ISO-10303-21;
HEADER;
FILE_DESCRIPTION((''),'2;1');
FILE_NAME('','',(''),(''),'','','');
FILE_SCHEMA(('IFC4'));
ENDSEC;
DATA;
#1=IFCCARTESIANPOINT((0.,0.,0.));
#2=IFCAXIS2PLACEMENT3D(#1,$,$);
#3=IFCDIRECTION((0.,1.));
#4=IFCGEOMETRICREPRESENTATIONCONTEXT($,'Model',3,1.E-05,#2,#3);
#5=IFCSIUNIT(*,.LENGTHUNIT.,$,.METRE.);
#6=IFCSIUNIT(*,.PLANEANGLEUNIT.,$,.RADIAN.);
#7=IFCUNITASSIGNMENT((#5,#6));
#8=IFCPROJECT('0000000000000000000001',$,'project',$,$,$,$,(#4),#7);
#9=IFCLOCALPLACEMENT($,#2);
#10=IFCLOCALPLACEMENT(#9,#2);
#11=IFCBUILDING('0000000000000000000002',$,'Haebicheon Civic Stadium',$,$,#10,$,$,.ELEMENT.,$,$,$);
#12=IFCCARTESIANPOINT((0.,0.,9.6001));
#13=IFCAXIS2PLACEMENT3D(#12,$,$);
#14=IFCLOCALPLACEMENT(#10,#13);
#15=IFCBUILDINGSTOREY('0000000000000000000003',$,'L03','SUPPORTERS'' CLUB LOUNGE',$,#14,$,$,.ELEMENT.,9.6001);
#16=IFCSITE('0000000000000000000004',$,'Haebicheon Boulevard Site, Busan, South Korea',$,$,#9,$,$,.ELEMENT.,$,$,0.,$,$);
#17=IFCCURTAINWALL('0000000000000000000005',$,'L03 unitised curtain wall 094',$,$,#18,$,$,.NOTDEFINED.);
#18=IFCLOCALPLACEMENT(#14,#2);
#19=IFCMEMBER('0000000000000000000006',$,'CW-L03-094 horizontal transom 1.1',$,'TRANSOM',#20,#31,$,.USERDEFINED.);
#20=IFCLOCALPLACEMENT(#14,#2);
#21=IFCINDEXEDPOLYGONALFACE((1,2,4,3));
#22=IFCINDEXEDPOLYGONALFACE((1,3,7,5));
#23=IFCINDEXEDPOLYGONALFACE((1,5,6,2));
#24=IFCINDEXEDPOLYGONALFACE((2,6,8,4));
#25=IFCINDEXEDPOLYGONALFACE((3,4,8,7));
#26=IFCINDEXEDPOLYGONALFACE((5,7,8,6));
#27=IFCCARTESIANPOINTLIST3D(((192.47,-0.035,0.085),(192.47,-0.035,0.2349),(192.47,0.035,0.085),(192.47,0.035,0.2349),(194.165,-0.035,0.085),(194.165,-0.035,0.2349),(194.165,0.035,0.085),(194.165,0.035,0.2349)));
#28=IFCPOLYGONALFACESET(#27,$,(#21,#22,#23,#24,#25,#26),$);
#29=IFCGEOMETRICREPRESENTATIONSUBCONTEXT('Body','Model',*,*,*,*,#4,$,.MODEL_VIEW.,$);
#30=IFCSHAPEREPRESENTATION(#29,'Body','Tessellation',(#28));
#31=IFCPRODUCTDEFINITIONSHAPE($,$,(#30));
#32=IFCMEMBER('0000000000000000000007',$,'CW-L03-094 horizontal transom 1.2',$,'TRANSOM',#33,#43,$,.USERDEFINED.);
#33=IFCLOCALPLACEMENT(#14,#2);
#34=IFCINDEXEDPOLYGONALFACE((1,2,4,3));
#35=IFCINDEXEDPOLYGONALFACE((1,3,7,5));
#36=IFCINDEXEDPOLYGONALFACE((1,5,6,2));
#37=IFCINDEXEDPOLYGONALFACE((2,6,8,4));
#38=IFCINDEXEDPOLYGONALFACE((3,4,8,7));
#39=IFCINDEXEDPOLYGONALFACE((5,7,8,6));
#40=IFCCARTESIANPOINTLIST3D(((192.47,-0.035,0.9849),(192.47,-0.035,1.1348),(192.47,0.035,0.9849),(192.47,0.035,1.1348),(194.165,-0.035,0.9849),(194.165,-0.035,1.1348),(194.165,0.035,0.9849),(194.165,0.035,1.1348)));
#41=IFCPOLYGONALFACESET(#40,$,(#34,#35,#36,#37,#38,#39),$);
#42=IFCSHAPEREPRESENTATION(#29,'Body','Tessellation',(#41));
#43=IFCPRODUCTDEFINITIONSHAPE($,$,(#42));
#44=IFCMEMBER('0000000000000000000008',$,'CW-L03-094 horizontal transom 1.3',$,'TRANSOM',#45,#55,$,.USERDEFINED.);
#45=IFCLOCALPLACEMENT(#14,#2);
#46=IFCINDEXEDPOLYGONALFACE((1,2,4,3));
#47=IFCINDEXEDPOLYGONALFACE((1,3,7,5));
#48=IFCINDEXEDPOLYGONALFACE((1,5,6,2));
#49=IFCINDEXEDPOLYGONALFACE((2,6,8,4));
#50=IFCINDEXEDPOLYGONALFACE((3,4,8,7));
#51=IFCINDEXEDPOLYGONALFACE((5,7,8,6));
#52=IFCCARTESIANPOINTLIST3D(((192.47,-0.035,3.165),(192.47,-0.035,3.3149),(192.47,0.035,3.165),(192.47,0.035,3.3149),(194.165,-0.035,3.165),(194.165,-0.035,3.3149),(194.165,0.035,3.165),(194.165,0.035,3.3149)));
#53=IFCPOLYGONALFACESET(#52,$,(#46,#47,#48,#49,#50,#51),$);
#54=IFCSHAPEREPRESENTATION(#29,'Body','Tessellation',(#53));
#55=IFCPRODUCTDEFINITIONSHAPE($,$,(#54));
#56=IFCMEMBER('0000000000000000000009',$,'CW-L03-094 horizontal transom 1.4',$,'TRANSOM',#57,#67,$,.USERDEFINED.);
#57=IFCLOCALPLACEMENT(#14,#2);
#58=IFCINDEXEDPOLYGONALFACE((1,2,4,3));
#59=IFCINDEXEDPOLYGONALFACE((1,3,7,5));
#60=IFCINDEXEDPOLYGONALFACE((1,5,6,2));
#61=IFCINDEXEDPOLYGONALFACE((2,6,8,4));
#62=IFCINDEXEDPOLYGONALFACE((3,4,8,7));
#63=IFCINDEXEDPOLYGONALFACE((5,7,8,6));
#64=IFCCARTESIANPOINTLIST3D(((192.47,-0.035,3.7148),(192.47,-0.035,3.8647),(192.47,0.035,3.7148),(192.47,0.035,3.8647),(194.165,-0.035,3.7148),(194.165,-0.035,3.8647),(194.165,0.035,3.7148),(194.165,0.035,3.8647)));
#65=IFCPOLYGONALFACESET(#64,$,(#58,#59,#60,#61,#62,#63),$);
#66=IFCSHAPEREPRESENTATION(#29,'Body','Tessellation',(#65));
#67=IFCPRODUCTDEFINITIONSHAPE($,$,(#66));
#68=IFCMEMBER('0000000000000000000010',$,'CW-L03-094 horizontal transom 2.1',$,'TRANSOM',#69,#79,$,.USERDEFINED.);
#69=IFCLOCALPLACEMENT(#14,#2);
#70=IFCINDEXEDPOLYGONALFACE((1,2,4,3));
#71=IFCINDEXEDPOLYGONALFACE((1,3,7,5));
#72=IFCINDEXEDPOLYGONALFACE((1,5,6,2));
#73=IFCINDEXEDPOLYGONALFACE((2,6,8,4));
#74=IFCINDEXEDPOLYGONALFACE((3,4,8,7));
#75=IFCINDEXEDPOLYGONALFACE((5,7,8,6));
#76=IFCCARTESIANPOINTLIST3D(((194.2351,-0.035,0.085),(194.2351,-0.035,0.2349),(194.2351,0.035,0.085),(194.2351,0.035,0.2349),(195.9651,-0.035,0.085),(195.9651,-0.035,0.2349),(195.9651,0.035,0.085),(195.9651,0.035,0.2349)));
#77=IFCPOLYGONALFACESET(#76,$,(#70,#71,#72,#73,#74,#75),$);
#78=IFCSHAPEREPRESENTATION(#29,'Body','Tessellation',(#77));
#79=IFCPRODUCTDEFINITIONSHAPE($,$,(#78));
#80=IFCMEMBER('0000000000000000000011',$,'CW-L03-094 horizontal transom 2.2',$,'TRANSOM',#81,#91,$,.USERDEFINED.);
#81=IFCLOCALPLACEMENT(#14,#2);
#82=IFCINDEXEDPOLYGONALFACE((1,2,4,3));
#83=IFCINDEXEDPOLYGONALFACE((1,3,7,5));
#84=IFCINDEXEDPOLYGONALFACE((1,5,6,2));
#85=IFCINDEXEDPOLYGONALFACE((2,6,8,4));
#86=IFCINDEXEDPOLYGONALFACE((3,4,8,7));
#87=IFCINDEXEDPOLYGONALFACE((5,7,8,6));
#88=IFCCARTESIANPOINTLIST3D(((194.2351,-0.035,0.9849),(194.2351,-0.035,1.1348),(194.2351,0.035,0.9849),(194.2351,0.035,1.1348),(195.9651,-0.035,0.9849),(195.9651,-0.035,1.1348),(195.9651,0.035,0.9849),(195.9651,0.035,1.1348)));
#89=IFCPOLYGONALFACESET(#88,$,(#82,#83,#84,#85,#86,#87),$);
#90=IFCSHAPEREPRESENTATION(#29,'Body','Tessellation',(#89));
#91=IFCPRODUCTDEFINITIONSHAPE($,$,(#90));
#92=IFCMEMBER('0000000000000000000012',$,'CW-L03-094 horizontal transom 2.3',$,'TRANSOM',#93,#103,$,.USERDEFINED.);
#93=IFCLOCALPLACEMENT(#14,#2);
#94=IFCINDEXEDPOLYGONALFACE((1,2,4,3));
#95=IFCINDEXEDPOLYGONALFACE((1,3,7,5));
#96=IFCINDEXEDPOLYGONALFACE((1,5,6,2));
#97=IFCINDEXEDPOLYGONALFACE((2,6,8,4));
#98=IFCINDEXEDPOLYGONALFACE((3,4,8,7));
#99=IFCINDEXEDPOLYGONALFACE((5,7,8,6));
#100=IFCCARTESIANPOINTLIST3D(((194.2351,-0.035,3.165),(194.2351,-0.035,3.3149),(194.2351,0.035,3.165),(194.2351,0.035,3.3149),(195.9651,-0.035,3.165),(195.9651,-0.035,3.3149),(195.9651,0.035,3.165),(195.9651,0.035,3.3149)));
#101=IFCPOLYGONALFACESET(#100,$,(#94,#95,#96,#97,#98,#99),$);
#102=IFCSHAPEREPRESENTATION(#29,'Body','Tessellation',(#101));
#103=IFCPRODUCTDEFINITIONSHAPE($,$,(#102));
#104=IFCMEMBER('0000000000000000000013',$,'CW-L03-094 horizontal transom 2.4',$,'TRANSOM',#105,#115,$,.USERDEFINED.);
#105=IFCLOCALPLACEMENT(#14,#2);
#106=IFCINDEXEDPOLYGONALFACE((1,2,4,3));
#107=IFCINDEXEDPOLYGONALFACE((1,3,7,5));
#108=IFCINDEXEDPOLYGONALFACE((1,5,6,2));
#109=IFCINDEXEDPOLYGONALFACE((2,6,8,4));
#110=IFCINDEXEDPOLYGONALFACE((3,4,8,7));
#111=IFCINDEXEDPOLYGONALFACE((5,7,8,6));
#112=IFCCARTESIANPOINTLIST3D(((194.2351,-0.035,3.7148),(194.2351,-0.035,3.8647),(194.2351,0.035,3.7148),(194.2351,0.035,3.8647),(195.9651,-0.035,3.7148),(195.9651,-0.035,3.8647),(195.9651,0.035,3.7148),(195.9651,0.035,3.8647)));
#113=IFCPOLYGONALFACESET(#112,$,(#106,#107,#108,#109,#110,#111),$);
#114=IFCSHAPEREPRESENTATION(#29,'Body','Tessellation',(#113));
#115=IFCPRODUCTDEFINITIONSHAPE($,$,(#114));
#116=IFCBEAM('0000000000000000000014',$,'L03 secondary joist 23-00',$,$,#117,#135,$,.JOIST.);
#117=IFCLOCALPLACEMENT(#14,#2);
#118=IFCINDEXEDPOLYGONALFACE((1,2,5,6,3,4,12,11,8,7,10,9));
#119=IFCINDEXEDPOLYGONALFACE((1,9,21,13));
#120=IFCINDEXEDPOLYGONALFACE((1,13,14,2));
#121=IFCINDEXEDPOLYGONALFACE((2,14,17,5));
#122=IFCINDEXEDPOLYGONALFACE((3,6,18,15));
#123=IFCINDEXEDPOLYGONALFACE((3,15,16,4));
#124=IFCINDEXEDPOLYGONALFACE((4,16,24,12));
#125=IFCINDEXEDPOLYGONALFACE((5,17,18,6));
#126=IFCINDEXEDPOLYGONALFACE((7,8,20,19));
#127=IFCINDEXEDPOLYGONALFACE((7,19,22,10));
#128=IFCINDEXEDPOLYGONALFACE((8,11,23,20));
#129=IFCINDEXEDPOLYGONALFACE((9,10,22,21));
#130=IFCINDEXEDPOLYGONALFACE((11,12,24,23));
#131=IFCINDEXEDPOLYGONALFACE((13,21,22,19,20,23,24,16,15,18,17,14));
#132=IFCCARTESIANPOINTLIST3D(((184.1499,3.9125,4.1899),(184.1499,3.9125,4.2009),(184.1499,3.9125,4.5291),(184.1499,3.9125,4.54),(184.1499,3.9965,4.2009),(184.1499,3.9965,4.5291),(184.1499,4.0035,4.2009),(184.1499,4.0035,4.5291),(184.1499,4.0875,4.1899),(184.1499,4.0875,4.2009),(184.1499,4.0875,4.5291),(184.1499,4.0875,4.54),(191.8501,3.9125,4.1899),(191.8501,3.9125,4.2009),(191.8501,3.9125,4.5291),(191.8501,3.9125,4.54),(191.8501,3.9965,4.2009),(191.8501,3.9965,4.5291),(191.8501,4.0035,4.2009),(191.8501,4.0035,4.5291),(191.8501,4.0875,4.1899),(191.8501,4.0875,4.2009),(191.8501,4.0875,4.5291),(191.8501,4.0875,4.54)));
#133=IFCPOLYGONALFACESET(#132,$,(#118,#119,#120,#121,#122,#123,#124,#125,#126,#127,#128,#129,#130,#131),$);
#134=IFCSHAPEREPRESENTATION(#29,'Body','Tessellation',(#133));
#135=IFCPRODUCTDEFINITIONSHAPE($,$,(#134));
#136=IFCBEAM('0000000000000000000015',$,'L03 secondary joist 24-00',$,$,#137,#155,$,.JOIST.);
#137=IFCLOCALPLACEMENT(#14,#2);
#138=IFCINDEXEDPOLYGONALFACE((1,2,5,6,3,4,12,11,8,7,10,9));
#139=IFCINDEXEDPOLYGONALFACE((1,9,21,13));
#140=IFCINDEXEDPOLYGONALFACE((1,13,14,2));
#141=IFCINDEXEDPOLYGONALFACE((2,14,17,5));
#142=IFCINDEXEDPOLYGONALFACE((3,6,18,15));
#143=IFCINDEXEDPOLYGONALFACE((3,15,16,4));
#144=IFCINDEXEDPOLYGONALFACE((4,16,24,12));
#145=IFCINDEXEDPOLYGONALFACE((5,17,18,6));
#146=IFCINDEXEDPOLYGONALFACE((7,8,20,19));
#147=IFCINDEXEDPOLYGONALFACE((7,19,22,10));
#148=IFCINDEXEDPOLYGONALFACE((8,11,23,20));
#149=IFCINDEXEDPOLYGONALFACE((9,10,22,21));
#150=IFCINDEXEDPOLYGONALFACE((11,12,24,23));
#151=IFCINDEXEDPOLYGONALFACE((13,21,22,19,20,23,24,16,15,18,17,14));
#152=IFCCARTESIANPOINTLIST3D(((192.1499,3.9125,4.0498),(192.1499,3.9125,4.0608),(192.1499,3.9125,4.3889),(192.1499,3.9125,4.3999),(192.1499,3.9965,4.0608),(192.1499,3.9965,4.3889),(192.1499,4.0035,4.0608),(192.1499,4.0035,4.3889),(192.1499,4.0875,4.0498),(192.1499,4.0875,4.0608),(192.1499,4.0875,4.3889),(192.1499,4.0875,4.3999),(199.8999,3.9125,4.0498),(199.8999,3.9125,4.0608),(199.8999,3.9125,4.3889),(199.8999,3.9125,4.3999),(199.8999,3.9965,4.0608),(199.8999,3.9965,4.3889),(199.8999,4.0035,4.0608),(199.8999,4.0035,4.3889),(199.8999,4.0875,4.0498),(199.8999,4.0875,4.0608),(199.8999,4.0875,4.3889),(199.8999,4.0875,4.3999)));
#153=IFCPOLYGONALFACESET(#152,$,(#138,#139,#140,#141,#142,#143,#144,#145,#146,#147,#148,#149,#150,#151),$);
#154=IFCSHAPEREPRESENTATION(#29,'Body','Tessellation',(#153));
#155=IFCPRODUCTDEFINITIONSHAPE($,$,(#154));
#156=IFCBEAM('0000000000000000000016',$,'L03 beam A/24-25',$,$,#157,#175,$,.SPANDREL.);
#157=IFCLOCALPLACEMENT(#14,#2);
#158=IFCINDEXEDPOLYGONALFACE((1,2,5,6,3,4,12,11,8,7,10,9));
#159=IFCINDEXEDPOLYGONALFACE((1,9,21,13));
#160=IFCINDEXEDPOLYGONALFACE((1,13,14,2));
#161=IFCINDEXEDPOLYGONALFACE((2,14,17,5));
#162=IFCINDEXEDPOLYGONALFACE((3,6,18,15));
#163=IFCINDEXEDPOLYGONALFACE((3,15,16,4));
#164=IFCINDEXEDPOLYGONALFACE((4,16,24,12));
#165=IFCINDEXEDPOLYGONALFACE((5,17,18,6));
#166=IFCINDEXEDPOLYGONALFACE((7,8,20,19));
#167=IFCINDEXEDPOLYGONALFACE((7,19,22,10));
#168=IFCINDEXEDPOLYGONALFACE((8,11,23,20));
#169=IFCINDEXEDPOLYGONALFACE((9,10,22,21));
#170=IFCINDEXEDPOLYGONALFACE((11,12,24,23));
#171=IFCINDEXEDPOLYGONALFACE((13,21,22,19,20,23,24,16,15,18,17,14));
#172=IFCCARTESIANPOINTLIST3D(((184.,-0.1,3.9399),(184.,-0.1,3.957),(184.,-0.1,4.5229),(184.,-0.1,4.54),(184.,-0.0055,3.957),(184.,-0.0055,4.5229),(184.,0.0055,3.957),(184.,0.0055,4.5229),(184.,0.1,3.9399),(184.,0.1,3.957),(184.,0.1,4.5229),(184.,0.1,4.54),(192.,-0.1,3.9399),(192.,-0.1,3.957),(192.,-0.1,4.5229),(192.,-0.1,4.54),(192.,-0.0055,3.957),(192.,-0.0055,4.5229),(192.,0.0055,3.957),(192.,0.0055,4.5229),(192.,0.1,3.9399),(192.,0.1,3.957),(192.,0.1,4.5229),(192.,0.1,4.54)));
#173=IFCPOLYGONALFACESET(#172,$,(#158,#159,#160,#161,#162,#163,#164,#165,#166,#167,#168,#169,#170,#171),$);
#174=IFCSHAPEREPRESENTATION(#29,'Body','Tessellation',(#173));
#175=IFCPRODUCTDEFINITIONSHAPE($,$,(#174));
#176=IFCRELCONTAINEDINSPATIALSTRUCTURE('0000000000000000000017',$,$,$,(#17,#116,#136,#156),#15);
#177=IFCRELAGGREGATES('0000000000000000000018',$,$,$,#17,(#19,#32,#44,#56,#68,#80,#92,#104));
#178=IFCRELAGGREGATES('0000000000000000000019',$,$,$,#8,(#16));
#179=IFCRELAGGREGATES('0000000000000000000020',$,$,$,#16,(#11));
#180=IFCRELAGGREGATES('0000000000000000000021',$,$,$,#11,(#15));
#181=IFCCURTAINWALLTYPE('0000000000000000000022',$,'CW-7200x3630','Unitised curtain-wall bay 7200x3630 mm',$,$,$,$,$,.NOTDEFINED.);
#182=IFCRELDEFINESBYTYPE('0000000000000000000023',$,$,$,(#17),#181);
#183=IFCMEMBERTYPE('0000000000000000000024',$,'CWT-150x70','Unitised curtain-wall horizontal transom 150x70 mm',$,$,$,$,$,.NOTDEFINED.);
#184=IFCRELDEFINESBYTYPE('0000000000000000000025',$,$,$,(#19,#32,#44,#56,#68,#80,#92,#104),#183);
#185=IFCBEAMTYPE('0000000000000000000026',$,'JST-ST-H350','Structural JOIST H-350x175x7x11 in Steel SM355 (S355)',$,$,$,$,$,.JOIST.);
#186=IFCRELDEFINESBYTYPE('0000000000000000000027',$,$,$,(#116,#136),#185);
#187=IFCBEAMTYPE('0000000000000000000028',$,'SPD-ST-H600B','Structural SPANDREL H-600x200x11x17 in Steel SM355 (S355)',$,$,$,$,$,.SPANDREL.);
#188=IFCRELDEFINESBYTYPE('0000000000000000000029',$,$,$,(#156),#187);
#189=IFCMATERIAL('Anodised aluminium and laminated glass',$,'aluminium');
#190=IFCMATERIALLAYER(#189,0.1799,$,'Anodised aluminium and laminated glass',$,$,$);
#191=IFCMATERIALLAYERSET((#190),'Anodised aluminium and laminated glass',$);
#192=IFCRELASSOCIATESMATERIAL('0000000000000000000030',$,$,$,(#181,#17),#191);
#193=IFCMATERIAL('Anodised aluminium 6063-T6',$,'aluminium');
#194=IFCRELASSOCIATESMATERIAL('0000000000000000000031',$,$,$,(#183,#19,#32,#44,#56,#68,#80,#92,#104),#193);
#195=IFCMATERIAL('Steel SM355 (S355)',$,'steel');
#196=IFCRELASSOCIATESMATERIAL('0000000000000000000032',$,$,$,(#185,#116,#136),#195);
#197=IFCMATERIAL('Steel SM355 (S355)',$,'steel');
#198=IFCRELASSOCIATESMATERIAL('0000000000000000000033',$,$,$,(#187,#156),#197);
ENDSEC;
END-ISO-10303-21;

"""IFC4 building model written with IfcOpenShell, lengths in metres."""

from ifc_helpers import new_model, si_unit, direction, frame, origin, origin_2d, place, context, subcontext, project, spatial, rectangle, i_section, extrude, material, layer, layer_set, material_profile, profile_set, type_object, element, aggregate, save


model = new_model("IFC4")

# Units and contexts
model_context = context("Model", 3, precision=1e-05, world=origin(), true_north=direction((0.0, 1.0)))
body_context = subcontext(model_context, "Body", "Model", "MODEL_VIEW")
ifc_project = project(units=[si_unit("LENGTHUNIT", "METRE"), si_unit("PLANEANGLEUNIT", "RADIAN")], contexts=[model_context])

# Site, building, storey
site_placement = place(None, origin())
site = spatial("IfcSite", under=ifc_project, at=site_placement, Name="Haebicheon Boulevard Site, Busan, South Korea", CompositionType="ELEMENT", RefElevation=0.0)
building_placement = place(site_placement, origin())
building = spatial("IfcBuilding", under=site, at=building_placement, Name="Haebicheon Civic Stadium", CompositionType="ELEMENT")
storey_placement = place(building_placement, frame((0.0, 0.0, 9.6001)))
storey = spatial("IfcBuildingStorey", under=building, at=storey_placement, Name="L03", Description="SUPPORTERS' CLUB LOUNGE", CompositionType="ELEMENT", Elevation=9.6001)

# Curtain wall, members
ifc_material_1 = material(Name="Anodised aluminium and laminated glass", Category="aluminium")
ifc_layer_1 = layer(ifc_material_1, 0.1799, Name="Anodised aluminium and laminated glass")
ifc_layer_set_1 = layer_set([ifc_layer_1], Name="Anodised aluminium and laminated glass")
curtain_wall_type = type_object("IfcCurtainWallType", Name="CW-7200x3630", Description="Unitised curtain-wall bay 7200x3630 mm", PredefinedType="NOTDEFINED", material=ifc_layer_set_1)
curtain_wall_placement = place(storey_placement, origin())
curtain_wall = element("IfcCurtainWall", 1, at=curtain_wall_placement, inside=storey, type_object=curtain_wall_type, material=ifc_layer_set_1, Name="L03 unitised curtain wall 094", PredefinedType="NOTDEFINED")
ifc_material_2 = material(Name="Anodised aluminium 6063-T6", Category="aluminium")
ifc_material_profile_1 = material_profile(ifc_material_2, rectangle(XDim=0.0701, YDim=0.1499, at=origin_2d()), Name="ALU-TRAN-70x150")
ifc_profile_set_1 = profile_set([ifc_material_profile_1], Name="Anodised aluminium 6063-T6")
member_type_1 = type_object("IfcMemberType", Name="CWT-150x70", Description="Unitised curtain-wall horizontal transom 150x70 mm", PredefinedType="NOTDEFINED", material=ifc_profile_set_1)
member_1_placement = place(storey_placement, frame((192.47, 0.0, 0.1599), z_axis=(1.0, 0.0, 0.0), x_axis=(0.0, 1.0, 0.0)))
member_1 = element("IfcMember", 2, at=member_1_placement, type_object=member_type_1, material=ifc_profile_set_1, Name="CW-L03-094 horizontal transom 1.1", ObjectType="TRANSOM", PredefinedType="USERDEFINED", context=body_context, shape_type="SweptSolid", body=[
    extrude(rectangle(XDim=0.0701, YDim=0.1499, at=origin_2d()), origin(), (0.0, 0.0, 1.0), 1.6951),
])
member_2_placement = place(storey_placement, frame((192.47, 0.0, 1.0598), z_axis=(1.0, 0.0, 0.0), x_axis=(0.0, 1.0, 0.0)))
member_2 = element("IfcMember", 3, at=member_2_placement, type_object=member_type_1, material=ifc_profile_set_1, Name="CW-L03-094 horizontal transom 1.2", ObjectType="TRANSOM", PredefinedType="USERDEFINED", context=body_context, shape_type="SweptSolid", body=[
    extrude(rectangle(XDim=0.0701, YDim=0.1499, at=origin_2d()), origin(), (0.0, 0.0, 1.0), 1.6951),
])
member_3_placement = place(storey_placement, frame((192.47, 0.0, 3.24), z_axis=(1.0, 0.0, 0.0), x_axis=(0.0, 1.0, 0.0)))
member_3 = element("IfcMember", 4, at=member_3_placement, type_object=member_type_1, material=ifc_profile_set_1, Name="CW-L03-094 horizontal transom 1.3", ObjectType="TRANSOM", PredefinedType="USERDEFINED", context=body_context, shape_type="SweptSolid", body=[
    extrude(rectangle(XDim=0.0701, YDim=0.1499, at=origin_2d()), origin(), (0.0, 0.0, 1.0), 1.6951),
])
member_4_placement = place(storey_placement, frame((192.47, 0.0, 3.7898), z_axis=(1.0, 0.0, 0.0), x_axis=(0.0, 1.0, 0.0)))
member_4 = element("IfcMember", 5, at=member_4_placement, type_object=member_type_1, material=ifc_profile_set_1, Name="CW-L03-094 horizontal transom 1.4", ObjectType="TRANSOM", PredefinedType="USERDEFINED", context=body_context, shape_type="SweptSolid", body=[
    extrude(rectangle(XDim=0.0701, YDim=0.1499, at=origin_2d()), origin(), (0.0, 0.0, 1.0), 1.6951),
])
member_5_placement = place(storey_placement, frame((194.2351, 0.0, 0.1599), z_axis=(1.0, 0.0, 0.0), x_axis=(0.0, 1.0, 0.0)))
member_5 = element("IfcMember", 6, at=member_5_placement, type_object=member_type_1, material=ifc_profile_set_1, Name="CW-L03-094 horizontal transom 2.1", ObjectType="TRANSOM", PredefinedType="USERDEFINED", context=body_context, shape_type="SweptSolid", body=[
    extrude(rectangle(XDim=0.0701, YDim=0.1499, at=origin_2d()), origin(), (0.0, 0.0, 1.0), 1.73),
])
member_6_placement = place(storey_placement, frame((194.2351, 0.0, 1.0598), z_axis=(1.0, 0.0, 0.0), x_axis=(0.0, 1.0, 0.0)))
member_6 = element("IfcMember", 7, at=member_6_placement, type_object=member_type_1, material=ifc_profile_set_1, Name="CW-L03-094 horizontal transom 2.2", ObjectType="TRANSOM", PredefinedType="USERDEFINED", context=body_context, shape_type="SweptSolid", body=[
    extrude(rectangle(XDim=0.0701, YDim=0.1499, at=origin_2d()), origin(), (0.0, 0.0, 1.0), 1.73),
])
member_7_placement = place(storey_placement, frame((194.2351, 0.0, 3.24), z_axis=(1.0, 0.0, 0.0), x_axis=(0.0, 1.0, 0.0)))
member_7 = element("IfcMember", 8, at=member_7_placement, type_object=member_type_1, material=ifc_profile_set_1, Name="CW-L03-094 horizontal transom 2.3", ObjectType="TRANSOM", PredefinedType="USERDEFINED", context=body_context, shape_type="SweptSolid", body=[
    extrude(rectangle(XDim=0.0701, YDim=0.1499, at=origin_2d()), origin(), (0.0, 0.0, 1.0), 1.73),
])
member_8_placement = place(storey_placement, frame((194.2351, 0.0, 3.7898), z_axis=(1.0, 0.0, 0.0), x_axis=(0.0, 1.0, 0.0)))
member_8 = element("IfcMember", 9, at=member_8_placement, type_object=member_type_1, material=ifc_profile_set_1, Name="CW-L03-094 horizontal transom 2.4", ObjectType="TRANSOM", PredefinedType="USERDEFINED", context=body_context, shape_type="SweptSolid", body=[
    extrude(rectangle(XDim=0.0701, YDim=0.1499, at=origin_2d()), origin(), (0.0, 0.0, 1.0), 1.73),
])

# Beams
ifc_material_3 = material(Name="Steel SM355 (S355)", Category="steel")
ifc_material_profile_2 = material_profile(ifc_material_3, i_section(OverallWidth=0.175, OverallDepth=0.3501, WebThickness=0.0071, FlangeThickness=0.011, at=origin_2d()), Name="H-350x175x7x11")
ifc_profile_set_2 = profile_set([ifc_material_profile_2], Name="Steel SM355 (S355)")
beam_type_1 = type_object("IfcBeamType", Name="JST-ST-H350", Description="Structural JOIST H-350x175x7x11 in Steel SM355 (S355)", PredefinedType="JOIST", material=ifc_profile_set_2)
beam_1_placement = place(storey_placement, frame((184.1499, 4.0, 4.365), z_axis=(1.0, 0.0, 0.0), x_axis=(0.0, 1.0, 0.0)))
element("IfcBeam", 10, at=beam_1_placement, inside=storey, type_object=beam_type_1, material=ifc_profile_set_2, Name="L03 secondary joist 23-00", PredefinedType="JOIST", context=body_context, shape_type="SweptSolid", body=[
    extrude(i_section(OverallWidth=0.175, OverallDepth=0.3501, WebThickness=0.0071, FlangeThickness=0.011, at=origin_2d()), origin(), (0.0, 0.0, 1.0), 7.7002),
])
beam_2_placement = place(storey_placement, frame((192.1499, 4.0, 4.2249), z_axis=(1.0, 0.0, 0.0), x_axis=(0.0, 1.0, 0.0)))
element("IfcBeam", 11, at=beam_2_placement, inside=storey, type_object=beam_type_1, material=ifc_profile_set_2, Name="L03 secondary joist 24-00", PredefinedType="JOIST", context=body_context, shape_type="SweptSolid", body=[
    extrude(i_section(OverallWidth=0.175, OverallDepth=0.3501, WebThickness=0.0071, FlangeThickness=0.011, at=origin_2d()), origin(), (0.0, 0.0, 1.0), 7.75),
])
ifc_material_4 = material(Name="Steel SM355 (S355)", Category="steel")
ifc_material_profile_3 = material_profile(ifc_material_4, i_section(OverallWidth=0.2, OverallDepth=0.6001, WebThickness=0.011, FlangeThickness=0.0171, at=origin_2d()), Name="H-600x200x11x17")
ifc_profile_set_3 = profile_set([ifc_material_profile_3], Name="Steel SM355 (S355)")
beam_type_2 = type_object("IfcBeamType", Name="SPD-ST-H600B", Description="Structural SPANDREL H-600x200x11x17 in Steel SM355 (S355)", PredefinedType="SPANDREL", material=ifc_profile_set_3)
for number, where, z_axis, x_axis, name in (
    (12, (184.0, 0.0, 4.24), (1.0, 0.0, 0.0), (0.0, 1.0, 0.0), "L03 beam A/24-25"),
):
    element("IfcBeam", number, at=place(storey_placement, frame(where, z_axis=z_axis, x_axis=x_axis)), inside=storey, type_object=beam_type_2, material=ifc_profile_set_3, Name=name, PredefinedType="SPANDREL", context=body_context, shape_type="SweptSolid", body=[
        extrude(i_section(OverallWidth=0.2, OverallDepth=0.6001, WebThickness=0.011, FlangeThickness=0.0171, at=origin_2d()), origin(), (0.0, 0.0, 1.0), 8.0),
    ])

aggregate(curtain_wall, [member_1, member_2, member_3, member_4, member_5, member_6, member_7, member_8])

save(model, "model.ifc")
